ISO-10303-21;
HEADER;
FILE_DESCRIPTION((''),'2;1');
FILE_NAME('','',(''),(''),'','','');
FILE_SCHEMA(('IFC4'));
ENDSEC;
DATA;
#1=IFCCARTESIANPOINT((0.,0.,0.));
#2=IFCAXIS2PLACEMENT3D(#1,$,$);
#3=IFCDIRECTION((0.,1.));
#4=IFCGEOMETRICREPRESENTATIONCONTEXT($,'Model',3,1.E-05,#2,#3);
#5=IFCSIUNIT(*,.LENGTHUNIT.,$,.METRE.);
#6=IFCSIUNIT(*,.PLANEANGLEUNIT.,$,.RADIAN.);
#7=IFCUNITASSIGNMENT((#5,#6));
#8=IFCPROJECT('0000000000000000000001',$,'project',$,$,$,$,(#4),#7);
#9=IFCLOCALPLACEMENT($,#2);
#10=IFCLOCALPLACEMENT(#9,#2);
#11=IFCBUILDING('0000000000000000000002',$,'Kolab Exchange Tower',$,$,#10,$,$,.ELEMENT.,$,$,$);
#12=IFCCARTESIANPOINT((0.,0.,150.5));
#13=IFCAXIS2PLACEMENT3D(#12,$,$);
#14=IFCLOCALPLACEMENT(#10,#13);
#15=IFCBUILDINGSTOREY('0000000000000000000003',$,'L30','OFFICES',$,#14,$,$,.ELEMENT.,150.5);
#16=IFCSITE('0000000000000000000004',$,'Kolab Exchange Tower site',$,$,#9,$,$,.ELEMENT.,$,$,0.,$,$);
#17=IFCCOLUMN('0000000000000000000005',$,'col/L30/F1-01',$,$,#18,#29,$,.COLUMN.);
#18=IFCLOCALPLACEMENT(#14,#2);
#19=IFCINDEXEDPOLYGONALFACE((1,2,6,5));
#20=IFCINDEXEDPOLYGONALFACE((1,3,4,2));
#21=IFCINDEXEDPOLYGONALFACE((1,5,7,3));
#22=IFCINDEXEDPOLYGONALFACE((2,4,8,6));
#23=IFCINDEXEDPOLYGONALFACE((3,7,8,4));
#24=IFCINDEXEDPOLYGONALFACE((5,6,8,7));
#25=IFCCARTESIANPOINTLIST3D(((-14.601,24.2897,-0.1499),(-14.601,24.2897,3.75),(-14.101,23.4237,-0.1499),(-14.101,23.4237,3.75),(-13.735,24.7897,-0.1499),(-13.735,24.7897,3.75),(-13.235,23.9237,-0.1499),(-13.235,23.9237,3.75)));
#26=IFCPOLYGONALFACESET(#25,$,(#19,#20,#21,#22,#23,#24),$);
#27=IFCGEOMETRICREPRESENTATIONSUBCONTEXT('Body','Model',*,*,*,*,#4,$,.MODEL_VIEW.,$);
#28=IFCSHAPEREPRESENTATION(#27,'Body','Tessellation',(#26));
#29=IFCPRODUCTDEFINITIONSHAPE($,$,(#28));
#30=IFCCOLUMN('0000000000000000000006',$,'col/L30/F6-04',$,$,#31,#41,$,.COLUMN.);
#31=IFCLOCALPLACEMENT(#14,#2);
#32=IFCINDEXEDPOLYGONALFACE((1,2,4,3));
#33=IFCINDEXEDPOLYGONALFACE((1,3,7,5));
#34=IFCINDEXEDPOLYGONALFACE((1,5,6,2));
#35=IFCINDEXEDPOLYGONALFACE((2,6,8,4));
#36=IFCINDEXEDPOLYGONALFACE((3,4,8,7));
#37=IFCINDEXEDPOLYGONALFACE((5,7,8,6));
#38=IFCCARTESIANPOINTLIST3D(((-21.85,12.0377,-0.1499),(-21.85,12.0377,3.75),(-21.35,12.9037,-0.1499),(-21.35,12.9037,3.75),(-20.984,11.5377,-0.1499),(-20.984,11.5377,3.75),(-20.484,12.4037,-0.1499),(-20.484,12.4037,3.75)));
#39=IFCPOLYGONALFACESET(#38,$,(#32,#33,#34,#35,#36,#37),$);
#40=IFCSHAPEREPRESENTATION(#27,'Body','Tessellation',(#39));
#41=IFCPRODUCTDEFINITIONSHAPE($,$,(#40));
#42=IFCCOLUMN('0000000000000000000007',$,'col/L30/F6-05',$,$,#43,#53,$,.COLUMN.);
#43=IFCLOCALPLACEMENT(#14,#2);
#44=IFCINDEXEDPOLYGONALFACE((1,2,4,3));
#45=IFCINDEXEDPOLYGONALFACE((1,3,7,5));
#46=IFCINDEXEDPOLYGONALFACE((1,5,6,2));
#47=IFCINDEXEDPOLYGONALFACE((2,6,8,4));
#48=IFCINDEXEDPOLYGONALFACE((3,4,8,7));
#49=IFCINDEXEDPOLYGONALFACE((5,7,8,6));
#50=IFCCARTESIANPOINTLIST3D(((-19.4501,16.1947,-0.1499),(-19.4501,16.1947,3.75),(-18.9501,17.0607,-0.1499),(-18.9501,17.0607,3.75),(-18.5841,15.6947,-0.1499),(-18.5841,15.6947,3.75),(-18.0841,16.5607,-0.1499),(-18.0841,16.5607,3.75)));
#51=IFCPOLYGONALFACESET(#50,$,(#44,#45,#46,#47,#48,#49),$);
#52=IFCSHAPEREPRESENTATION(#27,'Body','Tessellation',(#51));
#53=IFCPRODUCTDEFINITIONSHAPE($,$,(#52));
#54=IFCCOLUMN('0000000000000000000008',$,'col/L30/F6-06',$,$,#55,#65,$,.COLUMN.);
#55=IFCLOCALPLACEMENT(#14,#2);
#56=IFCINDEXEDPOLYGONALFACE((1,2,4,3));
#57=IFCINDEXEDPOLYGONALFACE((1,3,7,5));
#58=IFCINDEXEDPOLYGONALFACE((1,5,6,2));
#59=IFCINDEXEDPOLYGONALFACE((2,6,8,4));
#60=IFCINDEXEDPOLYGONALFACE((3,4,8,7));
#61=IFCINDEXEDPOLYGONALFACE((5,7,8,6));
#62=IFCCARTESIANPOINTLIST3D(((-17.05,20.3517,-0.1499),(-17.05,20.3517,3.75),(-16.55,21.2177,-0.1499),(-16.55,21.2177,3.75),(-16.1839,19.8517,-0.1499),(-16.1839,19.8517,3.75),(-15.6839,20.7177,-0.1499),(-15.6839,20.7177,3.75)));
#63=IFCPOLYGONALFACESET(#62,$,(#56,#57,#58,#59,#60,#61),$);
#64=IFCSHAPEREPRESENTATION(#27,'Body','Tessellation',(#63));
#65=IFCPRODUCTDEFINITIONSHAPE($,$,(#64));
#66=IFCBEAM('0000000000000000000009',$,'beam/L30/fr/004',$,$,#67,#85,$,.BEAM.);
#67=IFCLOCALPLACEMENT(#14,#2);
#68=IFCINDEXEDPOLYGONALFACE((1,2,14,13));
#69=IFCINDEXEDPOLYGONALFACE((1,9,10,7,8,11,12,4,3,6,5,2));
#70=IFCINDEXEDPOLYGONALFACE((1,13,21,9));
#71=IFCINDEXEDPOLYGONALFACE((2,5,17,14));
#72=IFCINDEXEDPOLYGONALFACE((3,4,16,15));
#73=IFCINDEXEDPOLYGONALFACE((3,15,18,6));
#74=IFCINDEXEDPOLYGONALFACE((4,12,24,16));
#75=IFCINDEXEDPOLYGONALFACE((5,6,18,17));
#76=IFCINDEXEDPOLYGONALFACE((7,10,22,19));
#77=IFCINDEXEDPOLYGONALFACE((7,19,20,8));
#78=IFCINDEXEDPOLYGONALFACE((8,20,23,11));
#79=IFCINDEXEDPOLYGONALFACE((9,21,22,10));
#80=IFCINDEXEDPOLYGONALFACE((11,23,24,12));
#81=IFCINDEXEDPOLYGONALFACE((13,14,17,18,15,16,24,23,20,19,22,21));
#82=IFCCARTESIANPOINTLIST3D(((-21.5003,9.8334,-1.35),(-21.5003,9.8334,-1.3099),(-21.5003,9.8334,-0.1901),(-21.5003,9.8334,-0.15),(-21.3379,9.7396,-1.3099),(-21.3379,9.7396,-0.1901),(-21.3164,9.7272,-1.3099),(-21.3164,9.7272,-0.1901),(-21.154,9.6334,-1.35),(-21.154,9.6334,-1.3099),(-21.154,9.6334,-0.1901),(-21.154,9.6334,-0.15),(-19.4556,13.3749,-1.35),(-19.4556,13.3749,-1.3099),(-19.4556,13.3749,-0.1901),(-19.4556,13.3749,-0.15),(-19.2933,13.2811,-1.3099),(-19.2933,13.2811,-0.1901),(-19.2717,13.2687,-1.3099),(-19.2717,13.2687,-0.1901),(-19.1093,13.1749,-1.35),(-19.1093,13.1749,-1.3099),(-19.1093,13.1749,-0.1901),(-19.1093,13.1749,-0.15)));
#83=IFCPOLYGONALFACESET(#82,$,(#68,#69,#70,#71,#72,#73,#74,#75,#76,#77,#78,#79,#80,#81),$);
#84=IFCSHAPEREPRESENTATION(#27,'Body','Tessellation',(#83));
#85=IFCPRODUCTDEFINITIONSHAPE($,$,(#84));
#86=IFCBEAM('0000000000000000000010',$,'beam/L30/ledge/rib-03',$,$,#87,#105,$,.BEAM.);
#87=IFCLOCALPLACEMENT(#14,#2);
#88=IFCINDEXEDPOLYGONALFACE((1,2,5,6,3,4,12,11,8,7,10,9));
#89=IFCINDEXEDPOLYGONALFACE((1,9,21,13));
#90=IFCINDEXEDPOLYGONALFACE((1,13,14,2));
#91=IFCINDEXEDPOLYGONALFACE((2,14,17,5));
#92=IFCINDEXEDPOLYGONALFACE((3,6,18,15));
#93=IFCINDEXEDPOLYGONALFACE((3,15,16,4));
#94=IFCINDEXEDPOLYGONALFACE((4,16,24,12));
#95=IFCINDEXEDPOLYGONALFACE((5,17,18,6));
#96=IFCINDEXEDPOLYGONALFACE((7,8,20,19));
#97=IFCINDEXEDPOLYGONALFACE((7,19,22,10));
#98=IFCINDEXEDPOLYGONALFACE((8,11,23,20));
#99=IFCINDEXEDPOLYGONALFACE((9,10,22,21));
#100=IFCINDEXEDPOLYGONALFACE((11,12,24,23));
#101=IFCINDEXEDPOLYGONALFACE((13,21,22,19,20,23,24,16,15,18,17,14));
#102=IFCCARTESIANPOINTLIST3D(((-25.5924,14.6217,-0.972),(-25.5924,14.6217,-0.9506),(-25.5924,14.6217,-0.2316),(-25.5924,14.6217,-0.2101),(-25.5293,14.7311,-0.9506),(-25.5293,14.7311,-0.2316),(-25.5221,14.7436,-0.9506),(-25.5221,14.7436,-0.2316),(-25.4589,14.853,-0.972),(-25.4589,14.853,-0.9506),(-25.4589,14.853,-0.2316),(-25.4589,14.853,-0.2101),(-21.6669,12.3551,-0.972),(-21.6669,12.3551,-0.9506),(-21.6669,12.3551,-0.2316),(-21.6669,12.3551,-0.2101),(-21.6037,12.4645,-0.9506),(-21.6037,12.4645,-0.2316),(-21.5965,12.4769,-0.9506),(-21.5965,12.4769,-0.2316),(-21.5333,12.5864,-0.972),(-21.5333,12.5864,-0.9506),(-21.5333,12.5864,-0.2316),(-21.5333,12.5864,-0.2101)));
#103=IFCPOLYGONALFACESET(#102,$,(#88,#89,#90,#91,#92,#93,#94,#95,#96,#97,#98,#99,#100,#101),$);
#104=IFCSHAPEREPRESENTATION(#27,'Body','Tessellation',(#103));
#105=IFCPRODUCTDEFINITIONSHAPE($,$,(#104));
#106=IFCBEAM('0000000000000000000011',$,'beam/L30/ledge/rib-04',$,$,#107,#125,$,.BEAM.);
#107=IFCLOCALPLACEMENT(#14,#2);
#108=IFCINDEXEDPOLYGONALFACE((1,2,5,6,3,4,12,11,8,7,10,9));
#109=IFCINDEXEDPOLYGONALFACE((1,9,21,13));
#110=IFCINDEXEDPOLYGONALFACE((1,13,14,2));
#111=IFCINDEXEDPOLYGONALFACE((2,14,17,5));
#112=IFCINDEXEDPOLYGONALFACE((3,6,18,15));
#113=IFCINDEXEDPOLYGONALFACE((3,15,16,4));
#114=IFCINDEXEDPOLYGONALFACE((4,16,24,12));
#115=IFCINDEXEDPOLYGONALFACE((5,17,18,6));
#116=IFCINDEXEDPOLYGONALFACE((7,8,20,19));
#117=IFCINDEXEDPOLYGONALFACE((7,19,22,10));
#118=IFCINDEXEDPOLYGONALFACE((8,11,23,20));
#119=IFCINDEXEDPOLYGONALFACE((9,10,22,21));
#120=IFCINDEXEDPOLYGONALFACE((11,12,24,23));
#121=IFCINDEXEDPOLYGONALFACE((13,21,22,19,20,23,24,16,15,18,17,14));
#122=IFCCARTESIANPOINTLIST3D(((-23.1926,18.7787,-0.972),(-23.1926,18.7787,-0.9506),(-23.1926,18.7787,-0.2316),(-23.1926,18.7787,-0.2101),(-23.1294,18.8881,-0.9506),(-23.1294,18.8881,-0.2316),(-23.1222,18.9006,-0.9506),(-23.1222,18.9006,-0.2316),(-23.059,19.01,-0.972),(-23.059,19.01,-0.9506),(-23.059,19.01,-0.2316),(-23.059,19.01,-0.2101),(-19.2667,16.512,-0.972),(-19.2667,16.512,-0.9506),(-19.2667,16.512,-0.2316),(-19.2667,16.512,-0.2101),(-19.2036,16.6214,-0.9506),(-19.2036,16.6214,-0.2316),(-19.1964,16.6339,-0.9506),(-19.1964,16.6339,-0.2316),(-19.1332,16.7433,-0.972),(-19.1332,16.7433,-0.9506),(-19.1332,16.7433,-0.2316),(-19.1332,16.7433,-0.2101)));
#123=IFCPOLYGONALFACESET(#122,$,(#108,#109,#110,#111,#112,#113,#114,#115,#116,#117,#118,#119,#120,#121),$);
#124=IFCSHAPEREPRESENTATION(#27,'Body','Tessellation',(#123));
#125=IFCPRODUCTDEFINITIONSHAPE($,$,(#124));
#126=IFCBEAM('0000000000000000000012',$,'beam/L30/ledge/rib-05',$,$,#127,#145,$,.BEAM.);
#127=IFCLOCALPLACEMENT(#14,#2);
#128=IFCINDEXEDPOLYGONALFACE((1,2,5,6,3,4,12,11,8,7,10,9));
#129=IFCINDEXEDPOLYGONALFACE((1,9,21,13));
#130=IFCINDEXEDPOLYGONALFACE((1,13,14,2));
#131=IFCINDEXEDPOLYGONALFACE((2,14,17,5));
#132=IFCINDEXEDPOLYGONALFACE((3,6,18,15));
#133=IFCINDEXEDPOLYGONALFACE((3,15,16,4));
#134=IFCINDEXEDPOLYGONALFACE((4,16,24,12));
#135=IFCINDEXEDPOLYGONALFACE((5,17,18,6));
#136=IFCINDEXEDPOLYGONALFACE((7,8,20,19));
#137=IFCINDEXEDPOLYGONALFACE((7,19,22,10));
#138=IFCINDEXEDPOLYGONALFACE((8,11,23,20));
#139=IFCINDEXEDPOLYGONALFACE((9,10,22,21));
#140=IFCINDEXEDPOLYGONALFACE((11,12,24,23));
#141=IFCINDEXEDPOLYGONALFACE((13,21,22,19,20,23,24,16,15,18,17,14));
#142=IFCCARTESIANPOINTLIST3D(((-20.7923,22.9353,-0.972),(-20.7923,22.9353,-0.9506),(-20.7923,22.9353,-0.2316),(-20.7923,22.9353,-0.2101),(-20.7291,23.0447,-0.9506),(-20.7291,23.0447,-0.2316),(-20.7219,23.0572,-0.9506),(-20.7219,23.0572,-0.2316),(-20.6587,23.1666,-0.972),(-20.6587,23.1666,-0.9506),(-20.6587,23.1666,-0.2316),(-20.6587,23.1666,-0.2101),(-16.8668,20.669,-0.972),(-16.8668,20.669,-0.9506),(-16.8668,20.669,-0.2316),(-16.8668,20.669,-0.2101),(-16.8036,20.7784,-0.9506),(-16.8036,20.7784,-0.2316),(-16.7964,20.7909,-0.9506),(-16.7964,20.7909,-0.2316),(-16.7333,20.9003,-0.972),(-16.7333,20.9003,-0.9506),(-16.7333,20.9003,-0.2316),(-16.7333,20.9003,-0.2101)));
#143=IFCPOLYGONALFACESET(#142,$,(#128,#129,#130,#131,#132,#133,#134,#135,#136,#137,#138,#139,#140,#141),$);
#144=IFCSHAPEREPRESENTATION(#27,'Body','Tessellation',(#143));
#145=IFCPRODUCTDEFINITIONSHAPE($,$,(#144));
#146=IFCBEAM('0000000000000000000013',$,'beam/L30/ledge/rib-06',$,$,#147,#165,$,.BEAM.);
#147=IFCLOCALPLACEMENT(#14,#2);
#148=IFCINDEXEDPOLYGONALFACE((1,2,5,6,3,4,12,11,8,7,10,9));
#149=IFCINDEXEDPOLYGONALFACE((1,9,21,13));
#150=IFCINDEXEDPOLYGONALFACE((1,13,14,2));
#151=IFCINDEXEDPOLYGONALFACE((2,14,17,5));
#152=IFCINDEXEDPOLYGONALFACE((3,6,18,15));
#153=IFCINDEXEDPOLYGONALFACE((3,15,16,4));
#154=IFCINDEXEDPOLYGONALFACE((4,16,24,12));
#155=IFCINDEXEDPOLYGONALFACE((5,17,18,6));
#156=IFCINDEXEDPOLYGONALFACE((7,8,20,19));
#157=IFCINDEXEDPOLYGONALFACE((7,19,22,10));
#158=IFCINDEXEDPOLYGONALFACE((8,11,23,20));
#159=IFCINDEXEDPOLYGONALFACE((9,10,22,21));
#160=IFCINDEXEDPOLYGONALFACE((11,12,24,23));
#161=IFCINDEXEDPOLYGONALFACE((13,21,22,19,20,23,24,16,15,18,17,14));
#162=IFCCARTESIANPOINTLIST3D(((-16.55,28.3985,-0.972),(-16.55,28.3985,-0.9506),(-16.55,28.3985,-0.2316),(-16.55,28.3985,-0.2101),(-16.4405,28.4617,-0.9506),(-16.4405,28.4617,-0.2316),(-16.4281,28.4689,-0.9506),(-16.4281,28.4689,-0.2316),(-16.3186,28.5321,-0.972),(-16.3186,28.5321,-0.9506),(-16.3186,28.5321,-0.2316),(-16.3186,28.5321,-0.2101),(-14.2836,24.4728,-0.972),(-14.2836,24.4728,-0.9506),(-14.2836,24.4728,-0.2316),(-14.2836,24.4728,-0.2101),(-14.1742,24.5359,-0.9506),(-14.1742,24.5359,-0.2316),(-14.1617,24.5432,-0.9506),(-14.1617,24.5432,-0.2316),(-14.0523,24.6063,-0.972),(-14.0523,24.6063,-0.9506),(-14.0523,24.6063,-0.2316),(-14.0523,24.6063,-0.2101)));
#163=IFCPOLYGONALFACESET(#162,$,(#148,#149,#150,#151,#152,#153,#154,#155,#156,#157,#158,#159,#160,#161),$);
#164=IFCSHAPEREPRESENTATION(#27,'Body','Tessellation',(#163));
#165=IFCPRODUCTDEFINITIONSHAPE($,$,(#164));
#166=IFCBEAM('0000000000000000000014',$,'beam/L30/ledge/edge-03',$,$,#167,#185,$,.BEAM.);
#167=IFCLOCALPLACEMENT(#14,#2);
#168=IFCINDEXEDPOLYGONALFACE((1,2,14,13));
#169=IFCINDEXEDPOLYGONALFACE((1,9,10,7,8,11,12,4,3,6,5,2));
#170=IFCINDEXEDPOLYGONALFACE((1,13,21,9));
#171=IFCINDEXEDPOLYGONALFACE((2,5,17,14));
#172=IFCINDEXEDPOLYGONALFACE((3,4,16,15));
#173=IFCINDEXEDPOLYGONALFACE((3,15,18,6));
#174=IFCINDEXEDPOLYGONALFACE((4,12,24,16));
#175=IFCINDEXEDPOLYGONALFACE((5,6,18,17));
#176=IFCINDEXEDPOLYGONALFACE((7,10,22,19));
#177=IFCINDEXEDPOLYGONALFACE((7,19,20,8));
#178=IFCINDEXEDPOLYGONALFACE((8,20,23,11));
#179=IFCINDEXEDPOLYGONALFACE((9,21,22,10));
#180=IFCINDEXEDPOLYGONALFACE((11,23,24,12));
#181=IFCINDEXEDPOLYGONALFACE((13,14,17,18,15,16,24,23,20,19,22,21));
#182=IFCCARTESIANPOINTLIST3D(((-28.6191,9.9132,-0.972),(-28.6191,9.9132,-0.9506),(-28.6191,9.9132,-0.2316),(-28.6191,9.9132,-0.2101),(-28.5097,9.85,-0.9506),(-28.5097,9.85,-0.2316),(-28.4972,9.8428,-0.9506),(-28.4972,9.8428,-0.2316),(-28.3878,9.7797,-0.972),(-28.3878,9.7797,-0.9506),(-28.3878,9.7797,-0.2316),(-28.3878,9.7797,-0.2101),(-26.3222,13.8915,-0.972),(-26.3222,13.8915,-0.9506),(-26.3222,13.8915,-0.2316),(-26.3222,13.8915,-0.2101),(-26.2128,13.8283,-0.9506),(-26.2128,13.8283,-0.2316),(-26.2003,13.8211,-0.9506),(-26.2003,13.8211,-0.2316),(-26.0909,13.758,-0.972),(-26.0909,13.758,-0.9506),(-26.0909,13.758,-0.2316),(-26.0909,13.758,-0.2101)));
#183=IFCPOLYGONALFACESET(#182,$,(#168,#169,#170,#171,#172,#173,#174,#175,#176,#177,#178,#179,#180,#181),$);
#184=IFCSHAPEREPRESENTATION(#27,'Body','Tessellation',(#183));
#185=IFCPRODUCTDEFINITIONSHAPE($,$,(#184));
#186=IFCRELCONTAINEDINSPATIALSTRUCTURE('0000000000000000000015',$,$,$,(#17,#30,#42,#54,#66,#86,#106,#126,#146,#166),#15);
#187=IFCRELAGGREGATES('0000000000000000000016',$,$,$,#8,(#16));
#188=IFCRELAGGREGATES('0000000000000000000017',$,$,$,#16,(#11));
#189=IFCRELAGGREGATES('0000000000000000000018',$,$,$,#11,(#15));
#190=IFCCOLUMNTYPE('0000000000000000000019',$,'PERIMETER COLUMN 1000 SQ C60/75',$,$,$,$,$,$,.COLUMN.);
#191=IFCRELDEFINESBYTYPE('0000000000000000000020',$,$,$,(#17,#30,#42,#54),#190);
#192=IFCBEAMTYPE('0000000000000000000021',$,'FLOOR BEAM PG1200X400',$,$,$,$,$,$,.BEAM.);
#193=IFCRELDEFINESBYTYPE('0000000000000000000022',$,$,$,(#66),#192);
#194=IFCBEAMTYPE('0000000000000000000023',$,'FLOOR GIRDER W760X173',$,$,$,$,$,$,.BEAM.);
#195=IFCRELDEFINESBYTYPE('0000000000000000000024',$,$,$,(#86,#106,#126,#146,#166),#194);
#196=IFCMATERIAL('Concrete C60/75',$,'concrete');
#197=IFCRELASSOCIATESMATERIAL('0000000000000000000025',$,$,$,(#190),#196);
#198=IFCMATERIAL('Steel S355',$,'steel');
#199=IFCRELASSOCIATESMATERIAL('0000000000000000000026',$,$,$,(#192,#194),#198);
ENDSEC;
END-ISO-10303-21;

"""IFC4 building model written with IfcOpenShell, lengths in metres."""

from ifc_helpers import new_model, si_unit, direction, frame, origin, origin_2d, place, context, subcontext, project, spatial, rectangle, i_section, extrude, material, material_profile, profile_set, type_object, element, save


model = new_model("IFC4")

# Units and contexts
model_context = context("Model", 3, precision=1e-05, world=origin(), true_north=direction((0.0, 1.0)))
body_context = subcontext(model_context, "Body", "Model", "MODEL_VIEW")
ifc_project = project(units=[si_unit("LENGTHUNIT", "METRE"), si_unit("PLANEANGLEUNIT", "RADIAN")], contexts=[model_context])

# Site, building, storey
site_placement = place(None, origin())
site = spatial("IfcSite", under=ifc_project, at=site_placement, Name="Kolab Exchange Tower site", CompositionType="ELEMENT", RefElevation=0.0)
building_placement = place(site_placement, origin())
building = spatial("IfcBuilding", under=site, at=building_placement, Name="Kolab Exchange Tower", CompositionType="ELEMENT")
storey_placement = place(building_placement, frame((0.0, 0.0, 150.5)))
storey = spatial("IfcBuildingStorey", under=building, at=storey_placement, Name="L30", Description="OFFICES", CompositionType="ELEMENT", Elevation=150.5)

# Columns
ifc_material_1 = material(Name="Concrete C60/75", Category="concrete")
ifc_material_profile_1 = material_profile(ifc_material_1, rectangle(XDim=1.0, YDim=1.0, at=origin_2d()), Name="RC1000")
ifc_profile_set_1 = profile_set([ifc_material_profile_1], Name="Concrete C60/75")
column_type = type_object("IfcColumnType", Name="PERIMETER COLUMN 1000 SQ C60/75", PredefinedType="COLUMN", material=ifc_profile_set_1)
for number, where, z_axis, x_axis, name in (
    (1, (-13.918, 24.1067, -0.1499), (0.0, 0.0, 1.0), (0.866025, 0.5, 0.0), "col/L30/F1-01"),
    (2, (-21.167, 12.2207, -0.1499), (0.0, 0.0, 1.0), (0.5, 0.866025, 0.0), "col/L30/F6-04"),
    (3, (-18.7671, 16.3777, -0.1499), (0.0, 0.0, 1.0), (0.5, 0.866025, 0.0), "col/L30/F6-05"),
    (4, (-16.3669, 20.5347, -0.1499), (0.0, 0.0, 1.0), (0.5, 0.866025, 0.0), "col/L30/F6-06"),
):
    element("IfcColumn", number, at=place(storey_placement, frame(where, z_axis=z_axis, x_axis=x_axis)), inside=storey, type_object=column_type, Name=name, PredefinedType="COLUMN", context=body_context, shape_type="SweptSolid", body=[
        extrude(rectangle(XDim=1.0, YDim=1.0, at=origin_2d()), origin(), (0.0, 0.0, 1.0), 3.8999),
    ])

# Beams
ifc_material_2 = material(Name="Steel S355", Category="steel")
ifc_material_profile_2 = material_profile(ifc_material_2, i_section(OverallWidth=0.3999, OverallDepth=1.2, WebThickness=0.0249, FlangeThickness=0.04, at=origin_2d()), Name="PG1200X400")
ifc_profile_set_2 = profile_set([ifc_material_profile_2], Name="Steel S355")
beam_type_1 = type_object("IfcBeamType", Name="FLOOR BEAM PG1200X400", PredefinedType="BEAM", material=ifc_profile_set_2)
beam_1_placement = place(storey_placement, frame((-21.3271, 9.7334, -0.75), z_axis=(0.499998, 0.866027, 0.0), x_axis=(-0.866027, 0.499998, 0.0)))
element("IfcBeam", 5, at=beam_1_placement, inside=storey, type_object=beam_type_1, Name="beam/L30/fr/004", PredefinedType="BEAM", context=body_context, shape_type="SweptSolid", body=[
    extrude(i_section(OverallWidth=0.3999, OverallDepth=1.2, WebThickness=0.0249, FlangeThickness=0.04, at=origin_2d()), origin(), (0.0, 0.0, 1.0), 4.0894),
])
ifc_material_profile_3 = material_profile(ifc_material_2, i_section(OverallWidth=0.2671, OverallDepth=0.762, WebThickness=0.0144, FlangeThickness=0.0215, at=origin_2d()), Name="W760X173")
ifc_profile_set_3 = profile_set([ifc_material_profile_3], Name="Steel S355")
beam_type_2 = type_object("IfcBeamType", Name="FLOOR GIRDER W760X173", PredefinedType="BEAM", material=ifc_profile_set_3)
beam_2_placement = place(storey_placement, frame((-21.6001, 12.4707, -0.5911), z_axis=(-0.866007, 0.500032, 0.0), x_axis=(-0.500032, -0.866007, 0.0)))
element("IfcBeam", 6, at=beam_2_placement, inside=storey, type_object=beam_type_2, Name="beam/L30/ledge/rib-03", PredefinedType="BEAM", context=body_context, shape_type="SweptSolid", body=[
    extrude(i_section(OverallWidth=0.2671, OverallDepth=0.762, WebThickness=0.0144, FlangeThickness=0.0215, at=origin_2d()), origin(), (0.0, 0.0, 1.0), 4.533),
])
beam_3_placement = place(storey_placement, frame((-19.2, 16.6277, -0.5911), z_axis=(-0.866021, 0.500008, 0.0), x_axis=(-0.500008, -0.866021, 0.0)))
element("IfcBeam", 7, at=beam_3_placement, inside=storey, type_object=beam_type_2, Name="beam/L30/ledge/rib-04", PredefinedType="BEAM", context=body_context, shape_type="SweptSolid", body=[
    extrude(i_section(OverallWidth=0.2671, OverallDepth=0.762, WebThickness=0.0144, FlangeThickness=0.0215, at=origin_2d()), origin(), (0.0, 0.0, 1.0), 4.5332),
])
beam_4_placement = place(storey_placement, frame((-16.8, 20.7847, -0.5911), z_axis=(-0.86603, 0.499991, 0.0), x_axis=(-0.499991, -0.86603, 0.0)))
element("IfcBeam", 8, at=beam_4_placement, inside=storey, type_object=beam_type_2, Name="beam/L30/ledge/rib-05", PredefinedType="BEAM", context=body_context, shape_type="SweptSolid", body=[
    extrude(i_section(OverallWidth=0.2671, OverallDepth=0.762, WebThickness=0.0144, FlangeThickness=0.0215, at=origin_2d()), origin(), (0.0, 0.0, 1.0), 4.5327),
])
beam_5_placement = place(storey_placement, frame((-14.168, 24.5396, -0.5911), z_axis=(-0.499968, 0.866044, 0.0), x_axis=(-0.866044, -0.499968, 0.0)))
element("IfcBeam", 9, at=beam_5_placement, inside=storey, type_object=beam_type_2, Name="beam/L30/ledge/rib-06", PredefinedType="BEAM", context=body_context, shape_type="SweptSolid", body=[
    extrude(i_section(OverallWidth=0.2671, OverallDepth=0.762, WebThickness=0.0144, FlangeThickness=0.0215, at=origin_2d()), origin(), (0.0, 0.0, 1.0), 4.533),
])
beam_6_placement = place(storey_placement, frame((-28.5034, 9.8464, -0.5911), z_axis=(0.500003, 0.866024, 0.0), x_axis=(-0.866024, 0.500003, 0.0)))
element("IfcBeam", 10, at=beam_6_placement, inside=storey, type_object=beam_type_2, Name="beam/L30/ledge/edge-03", PredefinedType="BEAM", context=body_context, shape_type="SweptSolid", body=[
    extrude(i_section(OverallWidth=0.2671, OverallDepth=0.762, WebThickness=0.0144, FlangeThickness=0.0215, at=origin_2d()), origin(), (0.0, 0.0, 1.0), 4.5938),
])

save(model, "model.ifc")
